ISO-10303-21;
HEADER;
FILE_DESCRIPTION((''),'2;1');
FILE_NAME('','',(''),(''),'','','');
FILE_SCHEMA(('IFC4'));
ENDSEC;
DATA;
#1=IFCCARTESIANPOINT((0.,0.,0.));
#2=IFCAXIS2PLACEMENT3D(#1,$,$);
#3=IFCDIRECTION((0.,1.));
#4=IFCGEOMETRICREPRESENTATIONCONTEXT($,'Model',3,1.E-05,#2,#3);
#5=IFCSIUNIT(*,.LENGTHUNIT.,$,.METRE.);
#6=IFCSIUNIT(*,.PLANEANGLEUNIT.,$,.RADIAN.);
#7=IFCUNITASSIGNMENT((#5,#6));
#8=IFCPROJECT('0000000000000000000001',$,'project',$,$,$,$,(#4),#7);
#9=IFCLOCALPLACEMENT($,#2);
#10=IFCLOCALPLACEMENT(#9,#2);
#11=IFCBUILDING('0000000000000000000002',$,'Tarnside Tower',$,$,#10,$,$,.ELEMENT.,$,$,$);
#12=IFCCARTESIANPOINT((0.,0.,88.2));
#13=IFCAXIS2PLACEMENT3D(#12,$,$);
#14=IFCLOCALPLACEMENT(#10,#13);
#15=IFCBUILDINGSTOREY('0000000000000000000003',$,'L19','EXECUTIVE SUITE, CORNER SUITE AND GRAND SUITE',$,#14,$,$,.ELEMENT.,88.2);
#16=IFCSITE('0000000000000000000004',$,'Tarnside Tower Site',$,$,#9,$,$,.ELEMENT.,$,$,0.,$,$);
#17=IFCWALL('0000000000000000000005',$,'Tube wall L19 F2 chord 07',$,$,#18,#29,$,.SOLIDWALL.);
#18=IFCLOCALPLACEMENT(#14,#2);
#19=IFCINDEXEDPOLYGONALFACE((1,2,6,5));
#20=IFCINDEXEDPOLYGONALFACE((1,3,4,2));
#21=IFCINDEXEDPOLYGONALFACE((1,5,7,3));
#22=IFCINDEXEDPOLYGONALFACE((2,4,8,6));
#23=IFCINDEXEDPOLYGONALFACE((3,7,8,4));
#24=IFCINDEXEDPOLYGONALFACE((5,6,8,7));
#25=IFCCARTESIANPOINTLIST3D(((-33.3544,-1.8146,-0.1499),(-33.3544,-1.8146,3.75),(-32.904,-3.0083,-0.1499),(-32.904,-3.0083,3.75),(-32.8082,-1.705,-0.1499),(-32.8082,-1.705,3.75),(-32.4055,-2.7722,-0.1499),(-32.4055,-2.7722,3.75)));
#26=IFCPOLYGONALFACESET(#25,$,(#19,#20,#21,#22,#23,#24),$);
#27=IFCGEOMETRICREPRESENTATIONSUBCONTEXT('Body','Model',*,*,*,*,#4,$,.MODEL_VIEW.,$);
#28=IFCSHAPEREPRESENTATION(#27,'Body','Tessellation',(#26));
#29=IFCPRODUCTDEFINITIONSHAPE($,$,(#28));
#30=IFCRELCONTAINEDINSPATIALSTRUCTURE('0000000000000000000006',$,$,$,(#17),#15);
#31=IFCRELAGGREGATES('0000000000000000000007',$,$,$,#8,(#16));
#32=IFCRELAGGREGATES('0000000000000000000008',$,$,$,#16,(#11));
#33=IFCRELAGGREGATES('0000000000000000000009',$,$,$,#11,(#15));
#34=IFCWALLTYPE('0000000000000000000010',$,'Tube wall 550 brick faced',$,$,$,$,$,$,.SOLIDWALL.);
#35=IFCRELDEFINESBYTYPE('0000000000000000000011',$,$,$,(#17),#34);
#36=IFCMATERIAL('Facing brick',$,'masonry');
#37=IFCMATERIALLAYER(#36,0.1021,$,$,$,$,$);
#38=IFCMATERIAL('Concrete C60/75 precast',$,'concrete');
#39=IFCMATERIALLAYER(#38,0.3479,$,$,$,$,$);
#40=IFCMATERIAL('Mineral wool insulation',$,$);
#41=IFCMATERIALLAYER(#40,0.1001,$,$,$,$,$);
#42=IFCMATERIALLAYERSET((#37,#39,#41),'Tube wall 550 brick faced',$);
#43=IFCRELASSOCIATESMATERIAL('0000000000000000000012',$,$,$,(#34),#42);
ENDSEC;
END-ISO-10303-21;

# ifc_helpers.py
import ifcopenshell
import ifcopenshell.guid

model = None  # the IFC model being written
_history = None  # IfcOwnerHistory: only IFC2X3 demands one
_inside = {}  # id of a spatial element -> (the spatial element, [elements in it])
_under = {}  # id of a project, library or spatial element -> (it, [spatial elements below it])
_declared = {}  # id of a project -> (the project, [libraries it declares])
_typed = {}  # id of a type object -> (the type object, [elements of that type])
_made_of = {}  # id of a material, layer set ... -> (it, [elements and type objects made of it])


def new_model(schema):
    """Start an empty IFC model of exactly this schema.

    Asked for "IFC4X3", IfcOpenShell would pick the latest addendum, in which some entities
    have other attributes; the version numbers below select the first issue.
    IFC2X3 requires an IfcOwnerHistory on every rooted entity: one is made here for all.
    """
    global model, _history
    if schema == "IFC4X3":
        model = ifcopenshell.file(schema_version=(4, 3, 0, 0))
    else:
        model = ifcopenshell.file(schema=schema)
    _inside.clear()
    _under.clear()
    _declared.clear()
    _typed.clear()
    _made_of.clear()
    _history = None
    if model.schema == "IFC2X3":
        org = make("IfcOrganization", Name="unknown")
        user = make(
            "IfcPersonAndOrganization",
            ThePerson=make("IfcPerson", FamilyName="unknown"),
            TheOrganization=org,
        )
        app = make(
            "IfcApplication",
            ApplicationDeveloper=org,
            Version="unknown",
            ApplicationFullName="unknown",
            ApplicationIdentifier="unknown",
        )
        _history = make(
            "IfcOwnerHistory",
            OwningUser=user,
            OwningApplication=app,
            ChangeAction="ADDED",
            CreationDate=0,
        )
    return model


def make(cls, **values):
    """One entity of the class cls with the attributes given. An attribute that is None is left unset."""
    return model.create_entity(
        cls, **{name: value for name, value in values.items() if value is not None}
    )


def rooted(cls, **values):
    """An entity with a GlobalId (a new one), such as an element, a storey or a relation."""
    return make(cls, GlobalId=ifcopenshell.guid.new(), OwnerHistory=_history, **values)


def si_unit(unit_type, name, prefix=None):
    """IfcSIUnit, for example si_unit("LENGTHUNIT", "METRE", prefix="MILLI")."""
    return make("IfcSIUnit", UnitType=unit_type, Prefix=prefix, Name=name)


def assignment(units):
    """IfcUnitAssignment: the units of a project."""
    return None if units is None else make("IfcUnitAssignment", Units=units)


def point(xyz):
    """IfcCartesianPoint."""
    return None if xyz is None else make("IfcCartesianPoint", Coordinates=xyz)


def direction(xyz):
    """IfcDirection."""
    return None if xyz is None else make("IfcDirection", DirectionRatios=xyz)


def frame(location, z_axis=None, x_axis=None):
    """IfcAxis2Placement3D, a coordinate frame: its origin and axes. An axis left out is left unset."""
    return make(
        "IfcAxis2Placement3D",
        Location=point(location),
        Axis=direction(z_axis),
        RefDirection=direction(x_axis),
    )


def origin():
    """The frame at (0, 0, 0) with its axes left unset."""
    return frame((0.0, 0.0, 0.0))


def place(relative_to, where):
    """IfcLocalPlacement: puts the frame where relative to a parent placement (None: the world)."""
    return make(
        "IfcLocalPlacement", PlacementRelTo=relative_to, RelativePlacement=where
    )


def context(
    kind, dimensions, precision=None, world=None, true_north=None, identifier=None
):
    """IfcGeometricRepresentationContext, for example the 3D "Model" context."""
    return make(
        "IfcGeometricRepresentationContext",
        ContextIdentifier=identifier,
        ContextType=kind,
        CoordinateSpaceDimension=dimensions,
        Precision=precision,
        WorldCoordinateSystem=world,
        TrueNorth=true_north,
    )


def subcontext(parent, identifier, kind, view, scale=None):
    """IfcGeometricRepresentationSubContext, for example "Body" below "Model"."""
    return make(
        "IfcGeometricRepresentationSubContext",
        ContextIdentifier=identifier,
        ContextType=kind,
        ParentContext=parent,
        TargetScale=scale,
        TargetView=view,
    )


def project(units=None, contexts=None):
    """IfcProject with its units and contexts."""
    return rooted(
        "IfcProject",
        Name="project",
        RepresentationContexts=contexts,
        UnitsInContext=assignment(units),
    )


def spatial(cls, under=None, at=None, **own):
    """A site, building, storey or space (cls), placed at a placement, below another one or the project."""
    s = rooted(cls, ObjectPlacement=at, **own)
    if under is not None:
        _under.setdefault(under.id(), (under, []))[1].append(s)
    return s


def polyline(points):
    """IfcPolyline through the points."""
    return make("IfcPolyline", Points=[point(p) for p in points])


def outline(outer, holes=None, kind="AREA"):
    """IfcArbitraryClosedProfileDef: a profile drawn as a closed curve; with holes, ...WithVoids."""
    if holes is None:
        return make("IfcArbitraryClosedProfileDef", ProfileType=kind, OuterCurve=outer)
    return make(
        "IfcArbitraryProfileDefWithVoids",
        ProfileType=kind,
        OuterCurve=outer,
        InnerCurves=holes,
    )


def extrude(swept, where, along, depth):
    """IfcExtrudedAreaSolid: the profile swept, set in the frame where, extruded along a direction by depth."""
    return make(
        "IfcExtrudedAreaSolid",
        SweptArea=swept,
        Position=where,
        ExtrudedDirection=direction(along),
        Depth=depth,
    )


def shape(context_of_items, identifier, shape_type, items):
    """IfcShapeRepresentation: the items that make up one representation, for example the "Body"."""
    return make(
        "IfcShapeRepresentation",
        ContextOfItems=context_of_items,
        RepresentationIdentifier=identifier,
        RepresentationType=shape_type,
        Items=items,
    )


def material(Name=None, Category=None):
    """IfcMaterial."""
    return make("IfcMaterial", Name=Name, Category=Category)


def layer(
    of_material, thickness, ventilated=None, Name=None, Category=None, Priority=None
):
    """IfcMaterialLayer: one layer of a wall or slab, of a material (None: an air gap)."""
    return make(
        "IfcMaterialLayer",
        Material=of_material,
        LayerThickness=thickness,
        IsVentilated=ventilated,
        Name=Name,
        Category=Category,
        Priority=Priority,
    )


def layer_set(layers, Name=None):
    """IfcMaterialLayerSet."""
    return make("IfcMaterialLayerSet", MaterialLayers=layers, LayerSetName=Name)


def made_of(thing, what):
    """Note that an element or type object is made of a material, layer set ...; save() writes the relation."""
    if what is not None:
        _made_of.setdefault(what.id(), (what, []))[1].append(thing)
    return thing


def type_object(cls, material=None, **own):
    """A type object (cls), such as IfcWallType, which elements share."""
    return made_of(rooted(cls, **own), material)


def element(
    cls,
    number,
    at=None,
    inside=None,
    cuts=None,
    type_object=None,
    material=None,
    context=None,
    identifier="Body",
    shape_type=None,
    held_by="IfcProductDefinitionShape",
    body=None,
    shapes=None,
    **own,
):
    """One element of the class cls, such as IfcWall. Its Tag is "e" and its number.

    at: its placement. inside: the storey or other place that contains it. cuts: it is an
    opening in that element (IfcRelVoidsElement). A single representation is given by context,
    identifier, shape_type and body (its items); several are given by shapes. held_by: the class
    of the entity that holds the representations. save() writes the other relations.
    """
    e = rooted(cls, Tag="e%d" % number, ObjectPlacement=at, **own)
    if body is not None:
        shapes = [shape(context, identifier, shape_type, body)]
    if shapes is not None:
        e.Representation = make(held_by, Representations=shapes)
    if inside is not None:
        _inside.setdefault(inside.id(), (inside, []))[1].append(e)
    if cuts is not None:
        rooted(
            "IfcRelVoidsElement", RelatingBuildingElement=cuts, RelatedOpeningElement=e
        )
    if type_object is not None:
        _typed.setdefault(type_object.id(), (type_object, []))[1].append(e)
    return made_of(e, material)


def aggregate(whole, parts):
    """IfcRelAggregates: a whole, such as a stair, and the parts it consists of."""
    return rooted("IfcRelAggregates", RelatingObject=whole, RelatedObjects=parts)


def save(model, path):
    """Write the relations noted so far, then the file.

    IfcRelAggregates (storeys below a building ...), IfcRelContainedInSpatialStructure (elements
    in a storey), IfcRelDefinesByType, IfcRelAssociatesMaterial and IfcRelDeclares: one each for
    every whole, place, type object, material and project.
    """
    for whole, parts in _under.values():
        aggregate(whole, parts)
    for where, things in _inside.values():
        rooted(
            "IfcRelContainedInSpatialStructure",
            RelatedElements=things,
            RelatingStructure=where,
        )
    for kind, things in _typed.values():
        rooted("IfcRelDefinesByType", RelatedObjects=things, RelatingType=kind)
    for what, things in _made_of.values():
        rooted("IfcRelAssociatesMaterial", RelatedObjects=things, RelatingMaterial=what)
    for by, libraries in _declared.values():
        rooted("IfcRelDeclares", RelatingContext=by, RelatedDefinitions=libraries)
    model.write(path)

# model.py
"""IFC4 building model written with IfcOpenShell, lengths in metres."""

from ifc_helpers import new_model, si_unit, direction, frame, origin, place, context, subcontext, project, spatial, polyline, outline, extrude, material, layer, layer_set, type_object, element, save


model = new_model("IFC4")

# Units and contexts
model_context = context("Model", 3, precision=1e-05, world=origin(), true_north=direction((0.0, 1.0)))
body_context = subcontext(model_context, "Body", "Model", "MODEL_VIEW")
ifc_project = project(units=[si_unit("LENGTHUNIT", "METRE"), si_unit("PLANEANGLEUNIT", "RADIAN")], contexts=[model_context])

# Site, building, storey
site_placement = place(None, origin())
site = spatial("IfcSite", under=ifc_project, at=site_placement, Name="Tarnside Tower Site", CompositionType="ELEMENT", RefElevation=0.0)
building_placement = place(site_placement, origin())
building = spatial("IfcBuilding", under=site, at=building_placement, Name="Tarnside Tower", CompositionType="ELEMENT")
storey_placement = place(building_placement, frame((0.0, 0.0, 88.2)))
storey = spatial("IfcBuildingStorey", under=building, at=storey_placement, Name="L19", Description="EXECUTIVE SUITE, CORNER SUITE AND GRAND SUITE", CompositionType="ELEMENT", Elevation=88.2)

# Wall
ifc_material_1 = material(Name="Facing brick", Category="masonry")
ifc_layer_1 = layer(ifc_material_1, 0.1021)
ifc_material_2 = material(Name="Concrete C60/75 precast", Category="concrete")
ifc_layer_2 = layer(ifc_material_2, 0.3479)
ifc_material_3 = material(Name="Mineral wool insulation")
ifc_layer_3 = layer(ifc_material_3, 0.1001)
ifc_layer_set_1 = layer_set([ifc_layer_1, ifc_layer_2, ifc_layer_3], Name="Tube wall 550 brick faced")
wall_type_1 = type_object("IfcWallType", Name="Tube wall 550 brick faced", PredefinedType="SOLIDWALL", material=ifc_layer_set_1)
wall_1_placement = place(storey_placement, frame((-33.0813, -1.7598, -0.1499), z_axis=(0.0, 0.0, 1.0), x_axis=(0.353027, -0.935613, 0.0)))
element("IfcWall", 1, at=wall_1_placement, inside=storey, type_object=wall_type_1, Name="Tube wall L19 F2 chord 07", PredefinedType="SOLIDWALL", context=body_context, shape_type="SweptSolid", body=[
    extrude(outline(polyline([(-0.0452, -0.2749), (1.2307, -0.2749), (1.1858, 0.2749), (0.0452, 0.2749), (-0.0452, -0.2749)])), origin(), (0.0, 0.0, 1.0), 3.8999),
])

save(model, "model.ifc")
